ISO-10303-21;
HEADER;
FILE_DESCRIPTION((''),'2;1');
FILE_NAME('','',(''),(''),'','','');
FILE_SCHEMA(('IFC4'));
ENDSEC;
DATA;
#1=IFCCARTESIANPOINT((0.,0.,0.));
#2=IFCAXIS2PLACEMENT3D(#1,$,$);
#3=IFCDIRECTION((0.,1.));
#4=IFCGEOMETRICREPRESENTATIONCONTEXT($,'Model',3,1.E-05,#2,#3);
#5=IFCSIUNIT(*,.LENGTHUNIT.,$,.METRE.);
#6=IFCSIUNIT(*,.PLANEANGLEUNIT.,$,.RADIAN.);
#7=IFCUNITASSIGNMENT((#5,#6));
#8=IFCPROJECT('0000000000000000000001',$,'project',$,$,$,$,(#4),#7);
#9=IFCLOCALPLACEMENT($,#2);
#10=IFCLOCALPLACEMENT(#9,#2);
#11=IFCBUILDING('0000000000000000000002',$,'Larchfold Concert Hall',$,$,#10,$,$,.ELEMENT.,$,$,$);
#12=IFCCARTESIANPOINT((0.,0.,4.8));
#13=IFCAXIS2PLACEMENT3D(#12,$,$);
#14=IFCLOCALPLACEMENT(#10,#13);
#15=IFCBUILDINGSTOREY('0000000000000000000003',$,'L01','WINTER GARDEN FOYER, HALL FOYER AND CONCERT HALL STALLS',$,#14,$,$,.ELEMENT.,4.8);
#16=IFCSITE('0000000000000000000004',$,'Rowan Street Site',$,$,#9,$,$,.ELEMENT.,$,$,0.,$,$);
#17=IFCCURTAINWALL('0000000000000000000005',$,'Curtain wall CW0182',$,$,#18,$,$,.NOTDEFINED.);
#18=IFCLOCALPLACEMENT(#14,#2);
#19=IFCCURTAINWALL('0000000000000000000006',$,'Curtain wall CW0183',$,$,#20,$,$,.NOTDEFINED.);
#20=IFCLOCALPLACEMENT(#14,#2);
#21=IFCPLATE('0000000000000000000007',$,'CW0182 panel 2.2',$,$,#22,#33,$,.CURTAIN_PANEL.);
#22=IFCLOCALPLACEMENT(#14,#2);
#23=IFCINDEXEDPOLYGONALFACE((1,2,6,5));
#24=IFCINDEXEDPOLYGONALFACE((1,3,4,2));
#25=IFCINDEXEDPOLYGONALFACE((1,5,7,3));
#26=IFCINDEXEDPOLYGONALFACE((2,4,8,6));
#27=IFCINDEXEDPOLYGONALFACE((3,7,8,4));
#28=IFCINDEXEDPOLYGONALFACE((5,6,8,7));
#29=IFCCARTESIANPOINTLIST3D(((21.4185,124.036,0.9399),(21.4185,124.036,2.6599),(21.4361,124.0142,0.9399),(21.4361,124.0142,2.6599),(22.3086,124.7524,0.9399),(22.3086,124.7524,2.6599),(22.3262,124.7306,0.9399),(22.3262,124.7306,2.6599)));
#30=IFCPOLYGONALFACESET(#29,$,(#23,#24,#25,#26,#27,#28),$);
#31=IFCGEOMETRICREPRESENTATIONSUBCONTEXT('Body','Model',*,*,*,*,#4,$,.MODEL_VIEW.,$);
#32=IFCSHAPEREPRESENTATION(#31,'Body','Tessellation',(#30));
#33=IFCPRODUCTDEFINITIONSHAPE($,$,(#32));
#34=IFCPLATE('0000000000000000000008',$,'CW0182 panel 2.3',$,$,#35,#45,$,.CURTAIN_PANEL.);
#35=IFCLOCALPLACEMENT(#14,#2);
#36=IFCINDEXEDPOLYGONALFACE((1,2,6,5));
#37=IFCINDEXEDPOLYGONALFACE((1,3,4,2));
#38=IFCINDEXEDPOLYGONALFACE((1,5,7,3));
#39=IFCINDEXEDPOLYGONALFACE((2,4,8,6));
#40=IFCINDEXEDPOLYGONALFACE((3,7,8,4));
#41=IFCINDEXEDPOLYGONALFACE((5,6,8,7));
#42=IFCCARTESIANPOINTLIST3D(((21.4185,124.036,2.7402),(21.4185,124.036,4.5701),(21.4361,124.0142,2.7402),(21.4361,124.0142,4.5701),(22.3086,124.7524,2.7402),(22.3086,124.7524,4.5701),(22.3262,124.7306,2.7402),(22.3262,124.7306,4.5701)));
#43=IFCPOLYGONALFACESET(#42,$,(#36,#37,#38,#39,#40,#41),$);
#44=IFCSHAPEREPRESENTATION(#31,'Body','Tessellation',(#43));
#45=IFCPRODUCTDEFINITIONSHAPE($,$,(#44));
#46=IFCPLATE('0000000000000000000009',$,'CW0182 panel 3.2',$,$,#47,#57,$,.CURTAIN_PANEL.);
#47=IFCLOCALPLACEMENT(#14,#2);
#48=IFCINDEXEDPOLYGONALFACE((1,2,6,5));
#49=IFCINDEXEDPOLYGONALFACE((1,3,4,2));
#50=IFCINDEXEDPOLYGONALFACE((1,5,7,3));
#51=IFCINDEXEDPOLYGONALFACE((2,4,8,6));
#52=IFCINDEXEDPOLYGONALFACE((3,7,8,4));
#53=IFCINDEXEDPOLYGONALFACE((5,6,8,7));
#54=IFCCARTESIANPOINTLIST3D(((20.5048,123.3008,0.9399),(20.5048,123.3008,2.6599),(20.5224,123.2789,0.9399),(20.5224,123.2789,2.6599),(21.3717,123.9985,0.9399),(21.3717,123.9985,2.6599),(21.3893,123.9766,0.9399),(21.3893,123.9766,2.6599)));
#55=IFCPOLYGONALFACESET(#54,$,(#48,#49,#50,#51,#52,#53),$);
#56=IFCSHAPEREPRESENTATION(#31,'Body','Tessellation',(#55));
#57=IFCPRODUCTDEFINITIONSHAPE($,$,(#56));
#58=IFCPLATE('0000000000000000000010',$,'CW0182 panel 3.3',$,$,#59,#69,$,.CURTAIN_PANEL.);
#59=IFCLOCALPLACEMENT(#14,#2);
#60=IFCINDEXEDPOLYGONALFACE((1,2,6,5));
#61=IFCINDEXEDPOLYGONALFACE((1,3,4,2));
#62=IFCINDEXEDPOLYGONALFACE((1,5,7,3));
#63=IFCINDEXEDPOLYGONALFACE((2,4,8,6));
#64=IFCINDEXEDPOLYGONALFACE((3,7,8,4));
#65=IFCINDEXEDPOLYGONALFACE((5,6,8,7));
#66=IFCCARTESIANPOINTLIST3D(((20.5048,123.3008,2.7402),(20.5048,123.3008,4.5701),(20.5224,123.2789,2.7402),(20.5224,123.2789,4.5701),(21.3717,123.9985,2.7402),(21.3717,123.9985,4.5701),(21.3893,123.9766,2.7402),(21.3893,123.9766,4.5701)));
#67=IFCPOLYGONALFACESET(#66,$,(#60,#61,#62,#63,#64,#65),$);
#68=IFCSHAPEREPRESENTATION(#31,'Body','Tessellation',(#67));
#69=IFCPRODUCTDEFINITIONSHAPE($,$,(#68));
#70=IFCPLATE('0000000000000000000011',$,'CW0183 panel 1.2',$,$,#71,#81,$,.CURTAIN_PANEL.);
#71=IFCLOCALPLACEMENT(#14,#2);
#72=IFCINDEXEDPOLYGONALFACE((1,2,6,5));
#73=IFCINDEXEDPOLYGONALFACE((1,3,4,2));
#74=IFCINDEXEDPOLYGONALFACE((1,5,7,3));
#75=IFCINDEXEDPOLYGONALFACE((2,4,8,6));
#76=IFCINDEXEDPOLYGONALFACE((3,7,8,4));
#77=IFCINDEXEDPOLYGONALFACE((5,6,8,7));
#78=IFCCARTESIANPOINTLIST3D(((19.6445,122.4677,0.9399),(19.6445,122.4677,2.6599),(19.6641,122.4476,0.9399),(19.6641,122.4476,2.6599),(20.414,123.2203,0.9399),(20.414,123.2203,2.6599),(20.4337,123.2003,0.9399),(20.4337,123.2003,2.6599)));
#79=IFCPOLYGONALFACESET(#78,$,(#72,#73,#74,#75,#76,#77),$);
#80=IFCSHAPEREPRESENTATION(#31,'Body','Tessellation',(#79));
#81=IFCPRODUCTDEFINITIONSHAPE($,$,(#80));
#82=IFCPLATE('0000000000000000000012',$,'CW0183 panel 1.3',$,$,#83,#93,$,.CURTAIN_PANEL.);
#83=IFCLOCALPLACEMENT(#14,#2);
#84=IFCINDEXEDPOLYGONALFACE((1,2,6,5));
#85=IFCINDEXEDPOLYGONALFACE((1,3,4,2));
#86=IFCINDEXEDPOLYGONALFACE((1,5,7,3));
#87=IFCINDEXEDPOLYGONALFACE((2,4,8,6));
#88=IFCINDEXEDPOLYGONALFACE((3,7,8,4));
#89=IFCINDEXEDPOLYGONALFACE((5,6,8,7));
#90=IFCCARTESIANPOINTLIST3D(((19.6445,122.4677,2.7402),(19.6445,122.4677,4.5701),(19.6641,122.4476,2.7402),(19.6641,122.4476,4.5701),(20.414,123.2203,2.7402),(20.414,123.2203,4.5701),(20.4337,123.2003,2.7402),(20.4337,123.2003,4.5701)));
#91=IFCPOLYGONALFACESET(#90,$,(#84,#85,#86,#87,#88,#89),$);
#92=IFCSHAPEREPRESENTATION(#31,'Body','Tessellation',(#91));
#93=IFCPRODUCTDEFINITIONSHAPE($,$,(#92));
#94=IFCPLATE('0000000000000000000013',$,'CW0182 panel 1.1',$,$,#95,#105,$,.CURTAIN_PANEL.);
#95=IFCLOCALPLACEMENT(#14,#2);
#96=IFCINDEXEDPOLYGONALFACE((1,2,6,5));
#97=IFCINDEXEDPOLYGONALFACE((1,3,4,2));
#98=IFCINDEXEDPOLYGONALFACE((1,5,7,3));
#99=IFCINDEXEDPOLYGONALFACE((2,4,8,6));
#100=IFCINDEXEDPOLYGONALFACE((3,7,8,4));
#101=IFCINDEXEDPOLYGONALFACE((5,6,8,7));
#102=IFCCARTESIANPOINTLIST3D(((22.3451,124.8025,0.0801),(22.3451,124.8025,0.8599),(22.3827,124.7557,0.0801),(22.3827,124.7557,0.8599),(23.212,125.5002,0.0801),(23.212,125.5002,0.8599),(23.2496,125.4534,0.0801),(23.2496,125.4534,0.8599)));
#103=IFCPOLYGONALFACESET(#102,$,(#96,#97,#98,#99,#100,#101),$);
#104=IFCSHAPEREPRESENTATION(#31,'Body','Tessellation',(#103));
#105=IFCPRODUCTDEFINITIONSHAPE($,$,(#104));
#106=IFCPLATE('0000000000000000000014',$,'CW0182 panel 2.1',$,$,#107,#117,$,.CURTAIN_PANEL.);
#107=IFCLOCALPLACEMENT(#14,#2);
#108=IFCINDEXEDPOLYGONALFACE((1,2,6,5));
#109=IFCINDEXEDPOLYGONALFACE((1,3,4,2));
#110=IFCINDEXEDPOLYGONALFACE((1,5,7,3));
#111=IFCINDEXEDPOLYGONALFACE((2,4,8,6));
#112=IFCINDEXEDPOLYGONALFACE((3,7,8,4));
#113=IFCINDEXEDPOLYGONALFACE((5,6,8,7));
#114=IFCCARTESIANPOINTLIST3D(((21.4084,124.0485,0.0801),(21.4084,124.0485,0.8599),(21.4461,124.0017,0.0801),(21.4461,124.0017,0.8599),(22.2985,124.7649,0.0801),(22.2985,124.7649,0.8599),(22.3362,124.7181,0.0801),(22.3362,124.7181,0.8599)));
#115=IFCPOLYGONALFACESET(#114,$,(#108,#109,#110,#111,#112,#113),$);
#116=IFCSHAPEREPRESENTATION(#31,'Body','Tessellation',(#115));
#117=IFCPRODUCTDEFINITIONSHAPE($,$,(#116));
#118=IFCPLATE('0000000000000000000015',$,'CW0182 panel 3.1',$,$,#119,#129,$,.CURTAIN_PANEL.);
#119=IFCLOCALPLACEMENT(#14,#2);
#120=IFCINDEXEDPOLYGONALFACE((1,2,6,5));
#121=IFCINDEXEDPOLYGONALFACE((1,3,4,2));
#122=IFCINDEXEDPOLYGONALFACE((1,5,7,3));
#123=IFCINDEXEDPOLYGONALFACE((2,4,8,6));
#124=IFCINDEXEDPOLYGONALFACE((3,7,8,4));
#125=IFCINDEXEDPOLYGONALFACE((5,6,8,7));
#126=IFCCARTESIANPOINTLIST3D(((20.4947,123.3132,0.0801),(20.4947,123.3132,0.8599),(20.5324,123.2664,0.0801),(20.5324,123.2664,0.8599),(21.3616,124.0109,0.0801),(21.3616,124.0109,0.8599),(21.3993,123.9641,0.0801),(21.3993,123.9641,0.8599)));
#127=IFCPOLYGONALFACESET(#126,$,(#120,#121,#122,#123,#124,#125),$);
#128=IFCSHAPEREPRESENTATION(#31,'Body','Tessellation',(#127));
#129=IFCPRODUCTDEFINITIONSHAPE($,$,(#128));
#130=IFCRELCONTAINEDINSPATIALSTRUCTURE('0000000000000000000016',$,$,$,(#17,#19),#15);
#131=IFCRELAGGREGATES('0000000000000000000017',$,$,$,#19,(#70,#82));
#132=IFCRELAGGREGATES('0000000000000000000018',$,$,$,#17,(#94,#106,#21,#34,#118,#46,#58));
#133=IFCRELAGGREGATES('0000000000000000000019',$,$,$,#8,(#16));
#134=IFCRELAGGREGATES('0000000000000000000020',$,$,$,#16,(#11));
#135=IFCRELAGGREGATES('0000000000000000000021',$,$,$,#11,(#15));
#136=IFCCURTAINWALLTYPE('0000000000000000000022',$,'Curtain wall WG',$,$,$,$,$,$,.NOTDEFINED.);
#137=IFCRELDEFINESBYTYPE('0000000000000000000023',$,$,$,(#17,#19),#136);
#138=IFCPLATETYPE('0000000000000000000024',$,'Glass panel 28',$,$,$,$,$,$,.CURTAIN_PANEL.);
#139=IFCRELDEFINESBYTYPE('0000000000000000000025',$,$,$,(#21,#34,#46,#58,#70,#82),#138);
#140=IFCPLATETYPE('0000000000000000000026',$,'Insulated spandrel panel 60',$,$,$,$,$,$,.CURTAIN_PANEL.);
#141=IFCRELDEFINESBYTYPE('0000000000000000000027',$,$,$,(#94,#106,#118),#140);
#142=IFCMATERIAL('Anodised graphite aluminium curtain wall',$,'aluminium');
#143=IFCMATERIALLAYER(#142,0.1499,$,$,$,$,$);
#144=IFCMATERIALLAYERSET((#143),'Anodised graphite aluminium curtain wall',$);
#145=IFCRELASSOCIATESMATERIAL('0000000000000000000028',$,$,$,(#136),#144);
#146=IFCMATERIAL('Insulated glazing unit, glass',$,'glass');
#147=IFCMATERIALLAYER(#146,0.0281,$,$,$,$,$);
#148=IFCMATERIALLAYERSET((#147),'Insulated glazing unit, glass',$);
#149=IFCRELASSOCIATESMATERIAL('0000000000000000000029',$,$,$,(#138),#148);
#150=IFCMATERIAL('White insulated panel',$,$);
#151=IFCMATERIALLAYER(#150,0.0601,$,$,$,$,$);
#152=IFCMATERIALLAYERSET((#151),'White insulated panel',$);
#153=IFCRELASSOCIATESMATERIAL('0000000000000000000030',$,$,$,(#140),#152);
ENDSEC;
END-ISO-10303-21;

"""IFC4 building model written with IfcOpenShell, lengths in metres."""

from ifc_helpers import new_model, si_unit, direction, frame, origin, origin_2d, place, context, subcontext, project, spatial, rectangle, extrude, material, layer, layer_set, type_object, element, aggregate, save


model = new_model("IFC4")

# Units and contexts
model_context = context("Model", 3, precision=1e-05, world=origin(), true_north=direction((0.0, 1.0)))
body_context = subcontext(model_context, "Body", "Model", "MODEL_VIEW")
ifc_project = project(units=[si_unit("LENGTHUNIT", "METRE"), si_unit("PLANEANGLEUNIT", "RADIAN")], contexts=[model_context])

# Site, building, storey
site_placement = place(None, origin())
site = spatial("IfcSite", under=ifc_project, at=site_placement, Name="Rowan Street Site", CompositionType="ELEMENT", RefElevation=0.0)
building_placement = place(site_placement, origin())
building = spatial("IfcBuilding", under=site, at=building_placement, Name="Larchfold Concert Hall", CompositionType="ELEMENT")
storey_placement = place(building_placement, frame((0.0, 0.0, 4.8)))
storey = spatial("IfcBuildingStorey", under=building, at=storey_placement, Name="L01", Description="WINTER GARDEN FOYER, HALL FOYER AND CONCERT HALL STALLS", CompositionType="ELEMENT", Elevation=4.8)

# Shared definitions
ifc_material_1 = material(Name="Anodised graphite aluminium curtain wall", Category="aluminium")
ifc_layer_1 = layer(ifc_material_1, 0.1499)
ifc_layer_set_1 = layer_set([ifc_layer_1], Name="Anodised graphite aluminium curtain wall")
curtain_wall_type = type_object("IfcCurtainWallType", Name="Curtain wall WG", PredefinedType="NOTDEFINED", material=ifc_layer_set_1)

# Curtain wall
curtain_wall_1_placement = place(storey_placement, origin())
curtain_wall_1 = element("IfcCurtainWall", 1, at=curtain_wall_1_placement, inside=storey, type_object=curtain_wall_type, Name="Curtain wall CW0182", PredefinedType="NOTDEFINED")

# Curtain wall
curtain_wall_2_placement = place(storey_placement, origin())
curtain_wall_2 = element("IfcCurtainWall", 2, at=curtain_wall_2_placement, inside=storey, type_object=curtain_wall_type, Name="Curtain wall CW0183", PredefinedType="NOTDEFINED")

# Plates
ifc_material_2 = material(Name="Insulated glazing unit, glass", Category="glass")
ifc_layer_2 = layer(ifc_material_2, 0.0281)
ifc_layer_set_2 = layer_set([ifc_layer_2], Name="Insulated glazing unit, glass")
plate_type_1 = type_object("IfcPlateType", Name="Glass panel 28", PredefinedType="CURTAIN_PANEL", material=ifc_layer_set_2)
plate_1_placement = place(storey_placement, frame((21.8723, 124.3833, 0.9399), z_axis=(0.0, 0.0, 1.0), x_axis=(-0.77903, -0.626986, 0.0)))
plate_1 = element("IfcPlate", 3, at=plate_1_placement, type_object=plate_type_1, Name="CW0182 panel 2.2", PredefinedType="CURTAIN_PANEL", context=body_context, shape_type="SweptSolid", body=[
    extrude(rectangle(XDim=1.1426, YDim=0.0281, at=origin_2d()), origin(), (0.0, 0.0, 1.0), 1.72),
])
plate_2_placement = place(storey_placement, frame((21.8723, 124.3833, 2.7402), z_axis=(0.0, 0.0, 1.0), x_axis=(-0.77903, -0.626986, 0.0)))
plate_2 = element("IfcPlate", 4, at=plate_2_placement, type_object=plate_type_1, Name="CW0182 panel 2.3", PredefinedType="CURTAIN_PANEL", context=body_context, shape_type="SweptSolid", body=[
    extrude(rectangle(XDim=1.1426, YDim=0.0281, at=origin_2d()), origin(), (0.0, 0.0, 1.0), 1.8298),
])
plate_3_placement = place(storey_placement, frame((20.947, 123.6387, 0.9399), z_axis=(0.0, 0.0, 1.0), x_axis=(-0.77903, -0.626986, 0.0)))
plate_3 = element("IfcPlate", 5, at=plate_3_placement, type_object=plate_type_1, Name="CW0182 panel 3.2", PredefinedType="CURTAIN_PANEL", context=body_context, shape_type="SweptSolid", body=[
    extrude(rectangle(XDim=1.1128, YDim=0.0281, at=origin_2d()), origin(), (0.0, 0.0, 1.0), 1.72),
])
plate_4_placement = place(storey_placement, frame((20.947, 123.6387, 2.7402), z_axis=(0.0, 0.0, 1.0), x_axis=(-0.77903, -0.626986, 0.0)))
plate_4 = element("IfcPlate", 6, at=plate_4_placement, type_object=plate_type_1, Name="CW0182 panel 3.3", PredefinedType="CURTAIN_PANEL", context=body_context, shape_type="SweptSolid", body=[
    extrude(rectangle(XDim=1.1128, YDim=0.0281, at=origin_2d()), origin(), (0.0, 0.0, 1.0), 1.8298),
])
plate_5_placement = place(storey_placement, frame((20.0391, 122.834, 0.9399), z_axis=(0.0, 0.0, 1.0), x_axis=(-0.714947, -0.699179, 0.0)))
plate_5 = element("IfcPlate", 7, at=plate_5_placement, type_object=plate_type_1, Name="CW0183 panel 1.2", PredefinedType="CURTAIN_PANEL", context=body_context, shape_type="SweptSolid", body=[
    extrude(rectangle(XDim=1.0764, YDim=0.0281, at=origin_2d()), origin(), (0.0, 0.0, 1.0), 1.72),
])
plate_6_placement = place(storey_placement, frame((20.0391, 122.834, 2.7402), z_axis=(0.0, 0.0, 1.0), x_axis=(-0.714947, -0.699179, 0.0)))
plate_6 = element("IfcPlate", 8, at=plate_6_placement, type_object=plate_type_1, Name="CW0183 panel 1.3", PredefinedType="CURTAIN_PANEL", context=body_context, shape_type="SweptSolid", body=[
    extrude(rectangle(XDim=1.0764, YDim=0.0281, at=origin_2d()), origin(), (0.0, 0.0, 1.0), 1.8298),
])
aggregate(curtain_wall_2, [plate_5, plate_6])
ifc_material_3 = material(Name="White insulated panel")
ifc_layer_3 = layer(ifc_material_3, 0.0601)
ifc_layer_set_3 = layer_set([ifc_layer_3], Name="White insulated panel")
plate_type_2 = type_object("IfcPlateType", Name="Insulated spandrel panel 60", PredefinedType="CURTAIN_PANEL", material=ifc_layer_set_3)
plate_7_placement = place(storey_placement, frame((22.7974, 125.1279, 0.0801), z_axis=(0.0, 0.0, 1.0), x_axis=(-0.77903, -0.626986, 0.0)))
plate_7 = element("IfcPlate", 9, at=plate_7_placement, type_object=plate_type_2, Name="CW0182 panel 1.1", PredefinedType="CURTAIN_PANEL", context=body_context, shape_type="SweptSolid", body=[
    extrude(rectangle(XDim=1.1128, YDim=0.0601, at=origin_2d()), origin(), (0.0, 0.0, 1.0), 0.7798),
])
plate_8_placement = place(storey_placement, frame((21.8723, 124.3833, 0.0801), z_axis=(0.0, 0.0, 1.0), x_axis=(-0.77903, -0.626986, 0.0)))
plate_8 = element("IfcPlate", 10, at=plate_8_placement, type_object=plate_type_2, Name="CW0182 panel 2.1", PredefinedType="CURTAIN_PANEL", context=body_context, shape_type="SweptSolid", body=[
    extrude(rectangle(XDim=1.1426, YDim=0.0601, at=origin_2d()), origin(), (0.0, 0.0, 1.0), 0.7798),
])
plate_9_placement = place(storey_placement, frame((20.947, 123.6387, 0.0801), z_axis=(0.0, 0.0, 1.0), x_axis=(-0.77903, -0.626986, 0.0)))
plate_9 = element("IfcPlate", 11, at=plate_9_placement, type_object=plate_type_2, Name="CW0182 panel 3.1", PredefinedType="CURTAIN_PANEL", context=body_context, shape_type="SweptSolid", body=[
    extrude(rectangle(XDim=1.1128, YDim=0.0601, at=origin_2d()), origin(), (0.0, 0.0, 1.0), 0.7798),
])
aggregate(curtain_wall_1, [plate_7, plate_8, plate_1, plate_2, plate_9, plate_3, plate_4])

save(model, "model.ifc")
